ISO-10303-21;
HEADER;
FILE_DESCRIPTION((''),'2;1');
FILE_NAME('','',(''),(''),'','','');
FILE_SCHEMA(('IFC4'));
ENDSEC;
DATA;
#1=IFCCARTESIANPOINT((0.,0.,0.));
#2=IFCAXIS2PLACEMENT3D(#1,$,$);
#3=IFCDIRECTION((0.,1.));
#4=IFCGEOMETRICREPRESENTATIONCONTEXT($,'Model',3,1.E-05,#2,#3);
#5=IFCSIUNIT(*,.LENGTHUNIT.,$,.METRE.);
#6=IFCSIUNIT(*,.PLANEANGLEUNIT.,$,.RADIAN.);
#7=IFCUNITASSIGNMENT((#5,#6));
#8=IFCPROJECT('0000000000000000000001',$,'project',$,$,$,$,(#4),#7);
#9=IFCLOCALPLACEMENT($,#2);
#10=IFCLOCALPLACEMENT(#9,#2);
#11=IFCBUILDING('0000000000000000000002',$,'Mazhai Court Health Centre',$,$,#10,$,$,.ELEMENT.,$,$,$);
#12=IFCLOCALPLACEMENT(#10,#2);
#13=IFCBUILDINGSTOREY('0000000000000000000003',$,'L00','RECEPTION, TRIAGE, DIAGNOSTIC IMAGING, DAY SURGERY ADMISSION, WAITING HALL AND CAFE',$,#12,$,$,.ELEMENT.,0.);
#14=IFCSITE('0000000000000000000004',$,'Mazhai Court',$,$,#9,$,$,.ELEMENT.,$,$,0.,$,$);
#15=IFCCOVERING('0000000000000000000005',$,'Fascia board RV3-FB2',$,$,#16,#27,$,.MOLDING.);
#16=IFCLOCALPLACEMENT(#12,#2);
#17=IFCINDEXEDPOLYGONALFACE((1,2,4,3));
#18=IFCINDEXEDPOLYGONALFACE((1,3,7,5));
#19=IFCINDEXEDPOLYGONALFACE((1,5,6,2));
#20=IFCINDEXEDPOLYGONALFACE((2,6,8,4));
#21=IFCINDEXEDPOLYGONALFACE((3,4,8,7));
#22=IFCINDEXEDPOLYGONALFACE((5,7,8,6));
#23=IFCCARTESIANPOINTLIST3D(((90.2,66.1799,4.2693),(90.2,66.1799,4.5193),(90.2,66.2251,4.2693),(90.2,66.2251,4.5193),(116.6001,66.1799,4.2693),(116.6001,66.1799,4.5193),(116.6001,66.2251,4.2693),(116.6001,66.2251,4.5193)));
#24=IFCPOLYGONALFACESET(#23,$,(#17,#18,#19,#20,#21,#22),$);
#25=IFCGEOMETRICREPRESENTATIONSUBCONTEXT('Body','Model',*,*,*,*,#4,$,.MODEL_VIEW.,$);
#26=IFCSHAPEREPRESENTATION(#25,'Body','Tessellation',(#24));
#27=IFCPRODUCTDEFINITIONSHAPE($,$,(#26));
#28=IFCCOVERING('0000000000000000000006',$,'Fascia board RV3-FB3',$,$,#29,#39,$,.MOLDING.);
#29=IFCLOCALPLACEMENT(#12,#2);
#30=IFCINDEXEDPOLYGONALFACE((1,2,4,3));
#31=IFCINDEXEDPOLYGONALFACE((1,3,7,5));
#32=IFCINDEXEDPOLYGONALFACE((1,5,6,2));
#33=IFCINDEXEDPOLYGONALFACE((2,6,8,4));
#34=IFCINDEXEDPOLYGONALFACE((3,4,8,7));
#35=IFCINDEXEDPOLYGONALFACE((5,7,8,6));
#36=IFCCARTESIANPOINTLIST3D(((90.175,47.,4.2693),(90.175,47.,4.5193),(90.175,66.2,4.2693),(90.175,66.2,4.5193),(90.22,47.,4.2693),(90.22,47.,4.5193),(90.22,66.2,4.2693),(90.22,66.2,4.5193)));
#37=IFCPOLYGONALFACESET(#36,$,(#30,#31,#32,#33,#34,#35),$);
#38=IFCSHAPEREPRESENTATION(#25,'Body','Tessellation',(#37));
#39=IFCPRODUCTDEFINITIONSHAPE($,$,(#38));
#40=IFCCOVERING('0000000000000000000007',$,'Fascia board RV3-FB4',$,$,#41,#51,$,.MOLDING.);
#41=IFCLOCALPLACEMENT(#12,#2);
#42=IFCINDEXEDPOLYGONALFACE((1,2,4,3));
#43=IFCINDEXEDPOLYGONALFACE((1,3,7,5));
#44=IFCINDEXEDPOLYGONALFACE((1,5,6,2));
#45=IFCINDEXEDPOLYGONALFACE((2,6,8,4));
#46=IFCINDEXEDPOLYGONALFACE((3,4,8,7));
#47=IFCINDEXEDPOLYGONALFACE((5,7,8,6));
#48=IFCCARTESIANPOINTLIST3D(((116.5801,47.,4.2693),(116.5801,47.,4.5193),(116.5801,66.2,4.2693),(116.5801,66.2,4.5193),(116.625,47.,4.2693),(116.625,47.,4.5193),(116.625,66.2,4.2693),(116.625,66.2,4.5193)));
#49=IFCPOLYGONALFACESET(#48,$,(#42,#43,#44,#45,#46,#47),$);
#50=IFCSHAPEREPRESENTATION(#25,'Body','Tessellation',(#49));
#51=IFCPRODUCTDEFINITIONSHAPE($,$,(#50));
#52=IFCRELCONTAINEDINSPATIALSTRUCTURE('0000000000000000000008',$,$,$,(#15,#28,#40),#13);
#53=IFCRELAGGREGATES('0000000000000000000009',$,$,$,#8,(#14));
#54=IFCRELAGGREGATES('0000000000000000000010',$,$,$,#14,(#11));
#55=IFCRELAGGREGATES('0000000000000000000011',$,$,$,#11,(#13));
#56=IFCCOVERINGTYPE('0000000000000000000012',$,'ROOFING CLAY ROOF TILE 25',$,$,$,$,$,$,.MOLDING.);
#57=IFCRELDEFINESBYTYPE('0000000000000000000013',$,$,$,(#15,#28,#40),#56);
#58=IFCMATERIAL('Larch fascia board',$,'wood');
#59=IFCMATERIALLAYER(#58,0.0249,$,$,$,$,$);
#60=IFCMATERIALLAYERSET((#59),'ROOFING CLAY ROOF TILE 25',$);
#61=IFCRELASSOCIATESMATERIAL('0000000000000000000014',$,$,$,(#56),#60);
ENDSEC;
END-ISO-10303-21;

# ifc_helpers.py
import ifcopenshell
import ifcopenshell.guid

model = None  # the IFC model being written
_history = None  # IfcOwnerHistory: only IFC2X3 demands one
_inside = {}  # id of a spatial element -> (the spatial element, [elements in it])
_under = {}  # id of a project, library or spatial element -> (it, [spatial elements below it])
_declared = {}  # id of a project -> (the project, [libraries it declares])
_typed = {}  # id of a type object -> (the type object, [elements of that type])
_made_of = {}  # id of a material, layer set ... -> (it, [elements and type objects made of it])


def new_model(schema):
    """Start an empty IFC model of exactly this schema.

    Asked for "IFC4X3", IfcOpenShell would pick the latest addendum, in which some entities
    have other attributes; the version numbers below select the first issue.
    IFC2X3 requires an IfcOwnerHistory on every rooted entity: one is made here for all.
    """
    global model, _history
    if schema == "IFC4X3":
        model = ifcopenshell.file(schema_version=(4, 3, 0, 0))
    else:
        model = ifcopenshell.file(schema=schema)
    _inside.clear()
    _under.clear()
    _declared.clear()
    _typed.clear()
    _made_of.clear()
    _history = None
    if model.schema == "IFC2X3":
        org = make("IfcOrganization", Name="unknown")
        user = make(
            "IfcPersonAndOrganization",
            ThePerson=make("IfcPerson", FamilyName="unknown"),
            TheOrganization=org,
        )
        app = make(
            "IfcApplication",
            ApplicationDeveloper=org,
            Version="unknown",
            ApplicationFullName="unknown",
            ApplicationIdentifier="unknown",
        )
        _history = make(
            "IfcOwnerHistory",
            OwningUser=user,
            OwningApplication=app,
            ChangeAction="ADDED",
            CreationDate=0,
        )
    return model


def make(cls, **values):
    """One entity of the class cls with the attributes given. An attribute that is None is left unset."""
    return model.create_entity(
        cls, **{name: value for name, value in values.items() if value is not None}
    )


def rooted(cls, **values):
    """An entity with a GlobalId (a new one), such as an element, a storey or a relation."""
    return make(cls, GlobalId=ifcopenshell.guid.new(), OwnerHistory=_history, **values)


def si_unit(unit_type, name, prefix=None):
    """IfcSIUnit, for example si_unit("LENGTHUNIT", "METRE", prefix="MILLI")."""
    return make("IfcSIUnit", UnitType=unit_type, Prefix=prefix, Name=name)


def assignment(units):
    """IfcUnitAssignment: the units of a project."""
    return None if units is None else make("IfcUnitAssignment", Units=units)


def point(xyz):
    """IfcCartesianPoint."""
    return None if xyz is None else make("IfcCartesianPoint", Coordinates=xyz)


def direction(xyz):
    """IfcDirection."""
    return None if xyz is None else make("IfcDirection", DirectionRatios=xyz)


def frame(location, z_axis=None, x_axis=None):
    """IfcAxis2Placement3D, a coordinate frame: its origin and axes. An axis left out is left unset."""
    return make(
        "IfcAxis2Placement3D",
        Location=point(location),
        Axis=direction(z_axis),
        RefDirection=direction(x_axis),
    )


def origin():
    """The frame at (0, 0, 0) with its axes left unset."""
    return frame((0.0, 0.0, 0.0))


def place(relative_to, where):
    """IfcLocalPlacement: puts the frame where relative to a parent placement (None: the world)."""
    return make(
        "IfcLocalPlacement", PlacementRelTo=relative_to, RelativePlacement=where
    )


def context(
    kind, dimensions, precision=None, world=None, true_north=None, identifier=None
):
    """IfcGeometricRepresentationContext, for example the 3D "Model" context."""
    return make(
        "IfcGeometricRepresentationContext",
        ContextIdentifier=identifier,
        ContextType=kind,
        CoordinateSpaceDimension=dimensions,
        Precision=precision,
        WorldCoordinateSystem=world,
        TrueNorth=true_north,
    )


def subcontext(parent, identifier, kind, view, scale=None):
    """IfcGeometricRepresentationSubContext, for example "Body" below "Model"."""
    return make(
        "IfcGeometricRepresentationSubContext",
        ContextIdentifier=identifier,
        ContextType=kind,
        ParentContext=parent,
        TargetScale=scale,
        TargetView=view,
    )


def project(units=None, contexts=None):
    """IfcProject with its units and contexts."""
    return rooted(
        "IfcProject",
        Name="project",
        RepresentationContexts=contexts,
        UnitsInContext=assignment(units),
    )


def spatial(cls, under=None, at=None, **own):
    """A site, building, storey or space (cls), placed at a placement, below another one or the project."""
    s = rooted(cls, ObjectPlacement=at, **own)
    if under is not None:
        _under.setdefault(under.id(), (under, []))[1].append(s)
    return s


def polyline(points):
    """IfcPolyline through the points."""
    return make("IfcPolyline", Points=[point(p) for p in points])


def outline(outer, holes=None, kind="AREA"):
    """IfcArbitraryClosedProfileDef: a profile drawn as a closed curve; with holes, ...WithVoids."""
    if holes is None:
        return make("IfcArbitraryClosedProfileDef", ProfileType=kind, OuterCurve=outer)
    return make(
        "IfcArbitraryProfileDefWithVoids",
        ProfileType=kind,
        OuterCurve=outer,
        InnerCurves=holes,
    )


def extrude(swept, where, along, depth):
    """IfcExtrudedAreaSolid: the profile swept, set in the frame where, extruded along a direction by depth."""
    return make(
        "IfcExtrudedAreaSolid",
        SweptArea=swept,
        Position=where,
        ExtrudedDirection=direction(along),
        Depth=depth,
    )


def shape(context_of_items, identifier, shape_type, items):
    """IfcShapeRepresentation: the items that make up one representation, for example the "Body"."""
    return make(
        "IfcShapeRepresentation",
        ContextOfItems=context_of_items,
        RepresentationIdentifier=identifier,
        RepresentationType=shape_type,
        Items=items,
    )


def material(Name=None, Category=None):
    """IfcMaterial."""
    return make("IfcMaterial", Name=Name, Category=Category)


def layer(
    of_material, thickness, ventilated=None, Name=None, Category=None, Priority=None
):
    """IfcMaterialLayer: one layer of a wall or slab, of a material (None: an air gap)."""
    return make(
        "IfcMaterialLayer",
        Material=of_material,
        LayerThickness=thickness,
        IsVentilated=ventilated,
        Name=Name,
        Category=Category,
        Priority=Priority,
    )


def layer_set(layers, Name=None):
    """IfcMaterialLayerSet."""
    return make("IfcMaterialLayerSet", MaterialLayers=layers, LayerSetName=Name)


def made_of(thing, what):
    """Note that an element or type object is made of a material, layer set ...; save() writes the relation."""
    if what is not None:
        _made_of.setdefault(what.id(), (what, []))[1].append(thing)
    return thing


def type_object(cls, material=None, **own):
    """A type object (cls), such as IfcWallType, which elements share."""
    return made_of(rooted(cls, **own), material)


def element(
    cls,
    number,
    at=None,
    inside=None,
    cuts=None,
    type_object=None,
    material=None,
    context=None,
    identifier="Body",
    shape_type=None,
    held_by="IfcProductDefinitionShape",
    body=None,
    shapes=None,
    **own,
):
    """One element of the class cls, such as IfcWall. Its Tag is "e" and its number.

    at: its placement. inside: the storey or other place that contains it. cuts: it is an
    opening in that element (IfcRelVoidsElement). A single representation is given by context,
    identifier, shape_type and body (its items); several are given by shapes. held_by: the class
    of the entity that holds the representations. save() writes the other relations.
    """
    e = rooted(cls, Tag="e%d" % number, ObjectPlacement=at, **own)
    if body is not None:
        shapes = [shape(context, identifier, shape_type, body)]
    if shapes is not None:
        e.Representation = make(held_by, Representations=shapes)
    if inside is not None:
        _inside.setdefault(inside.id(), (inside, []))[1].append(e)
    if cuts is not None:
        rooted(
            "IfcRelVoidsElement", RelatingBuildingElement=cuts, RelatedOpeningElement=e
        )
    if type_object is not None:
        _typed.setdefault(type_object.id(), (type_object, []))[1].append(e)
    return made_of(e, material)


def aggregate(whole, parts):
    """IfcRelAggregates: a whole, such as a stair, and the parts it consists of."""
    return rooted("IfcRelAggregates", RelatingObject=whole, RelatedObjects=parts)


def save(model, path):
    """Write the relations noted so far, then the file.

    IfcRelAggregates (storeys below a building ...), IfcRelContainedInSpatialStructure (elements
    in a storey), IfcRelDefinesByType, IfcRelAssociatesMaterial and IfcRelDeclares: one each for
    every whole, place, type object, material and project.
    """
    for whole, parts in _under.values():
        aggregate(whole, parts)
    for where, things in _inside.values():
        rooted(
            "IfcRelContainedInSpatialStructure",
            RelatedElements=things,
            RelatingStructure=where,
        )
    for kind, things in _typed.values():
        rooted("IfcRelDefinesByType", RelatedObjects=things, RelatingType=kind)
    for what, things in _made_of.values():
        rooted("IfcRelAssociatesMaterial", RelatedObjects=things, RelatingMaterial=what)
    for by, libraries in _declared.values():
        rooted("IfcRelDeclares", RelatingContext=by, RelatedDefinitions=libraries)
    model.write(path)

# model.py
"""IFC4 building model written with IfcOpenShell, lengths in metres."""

from ifc_helpers import new_model, si_unit, direction, frame, origin, place, context, subcontext, project, spatial, polyline, outline, extrude, material, layer, layer_set, type_object, element, save


model = new_model("IFC4")

# Units and contexts
model_context = context("Model", 3, precision=1e-05, world=origin(), true_north=direction((0.0, 1.0)))
body_context = subcontext(model_context, "Body", "Model", "MODEL_VIEW")
ifc_project = project(units=[si_unit("LENGTHUNIT", "METRE"), si_unit("PLANEANGLEUNIT", "RADIAN")], contexts=[model_context])

# Site, building, storey
site_placement = place(None, origin())
site = spatial("IfcSite", under=ifc_project, at=site_placement, Name="Mazhai Court", CompositionType="ELEMENT", RefElevation=0.0)
building_placement = place(site_placement, origin())
building = spatial("IfcBuilding", under=site, at=building_placement, Name="Mazhai Court Health Centre", CompositionType="ELEMENT")
storey_placement = place(building_placement, origin())
storey = spatial("IfcBuildingStorey", under=building, at=storey_placement, Name="L00", Description="RECEPTION, TRIAGE, DIAGNOSTIC IMAGING, DAY SURGERY ADMISSION, WAITING HALL AND CAFE", CompositionType="ELEMENT", Elevation=0.0)

# Coverings
ifc_material_1 = material(Name="Larch fascia board", Category="wood")
ifc_layer_1 = layer(ifc_material_1, 0.0249)
ifc_layer_set_1 = layer_set([ifc_layer_1], Name="ROOFING CLAY ROOF TILE 25")
covering_type_1 = type_object("IfcCoveringType", Name="ROOFING CLAY ROOF TILE 25", PredefinedType="MOLDING", material=ifc_layer_set_1)
covering_1_placement = place(storey_placement, frame((0.0, 0.0, 4.2693)))
element("IfcCovering", 1, at=covering_1_placement, inside=storey, type_object=covering_type_1, Name="Fascia board RV3-FB2", PredefinedType="MOLDING", context=body_context, shape_type="SweptSolid", body=[
    extrude(outline(polyline([(90.2, 66.1799), (116.6001, 66.1799), (116.6001, 66.2251), (90.2, 66.2251), (90.2, 66.1799)])), origin(), (0.0, 0.0, 1.0), 0.25),
])
covering_2_placement = place(storey_placement, frame((0.0, 0.0, 4.2693)))
element("IfcCovering", 2, at=covering_2_placement, inside=storey, type_object=covering_type_1, Name="Fascia board RV3-FB3", PredefinedType="MOLDING", context=body_context, shape_type="SweptSolid", body=[
    extrude(outline(polyline([(90.22, 47.0), (90.22, 66.2), (90.175, 66.2), (90.175, 47.0), (90.22, 47.0)])), origin(), (0.0, 0.0, 1.0), 0.25),
])
covering_3_placement = place(storey_placement, frame((0.0, 0.0, 4.2693)))
element("IfcCovering", 3, at=covering_3_placement, inside=storey, type_object=covering_type_1, Name="Fascia board RV3-FB4", PredefinedType="MOLDING", context=body_context, shape_type="SweptSolid", body=[
    extrude(outline(polyline([(116.5801, 66.2), (116.5801, 47.0), (116.625, 47.0), (116.625, 66.2), (116.5801, 66.2)])), origin(), (0.0, 0.0, 1.0), 0.25),
])

save(model, "model.ifc")
